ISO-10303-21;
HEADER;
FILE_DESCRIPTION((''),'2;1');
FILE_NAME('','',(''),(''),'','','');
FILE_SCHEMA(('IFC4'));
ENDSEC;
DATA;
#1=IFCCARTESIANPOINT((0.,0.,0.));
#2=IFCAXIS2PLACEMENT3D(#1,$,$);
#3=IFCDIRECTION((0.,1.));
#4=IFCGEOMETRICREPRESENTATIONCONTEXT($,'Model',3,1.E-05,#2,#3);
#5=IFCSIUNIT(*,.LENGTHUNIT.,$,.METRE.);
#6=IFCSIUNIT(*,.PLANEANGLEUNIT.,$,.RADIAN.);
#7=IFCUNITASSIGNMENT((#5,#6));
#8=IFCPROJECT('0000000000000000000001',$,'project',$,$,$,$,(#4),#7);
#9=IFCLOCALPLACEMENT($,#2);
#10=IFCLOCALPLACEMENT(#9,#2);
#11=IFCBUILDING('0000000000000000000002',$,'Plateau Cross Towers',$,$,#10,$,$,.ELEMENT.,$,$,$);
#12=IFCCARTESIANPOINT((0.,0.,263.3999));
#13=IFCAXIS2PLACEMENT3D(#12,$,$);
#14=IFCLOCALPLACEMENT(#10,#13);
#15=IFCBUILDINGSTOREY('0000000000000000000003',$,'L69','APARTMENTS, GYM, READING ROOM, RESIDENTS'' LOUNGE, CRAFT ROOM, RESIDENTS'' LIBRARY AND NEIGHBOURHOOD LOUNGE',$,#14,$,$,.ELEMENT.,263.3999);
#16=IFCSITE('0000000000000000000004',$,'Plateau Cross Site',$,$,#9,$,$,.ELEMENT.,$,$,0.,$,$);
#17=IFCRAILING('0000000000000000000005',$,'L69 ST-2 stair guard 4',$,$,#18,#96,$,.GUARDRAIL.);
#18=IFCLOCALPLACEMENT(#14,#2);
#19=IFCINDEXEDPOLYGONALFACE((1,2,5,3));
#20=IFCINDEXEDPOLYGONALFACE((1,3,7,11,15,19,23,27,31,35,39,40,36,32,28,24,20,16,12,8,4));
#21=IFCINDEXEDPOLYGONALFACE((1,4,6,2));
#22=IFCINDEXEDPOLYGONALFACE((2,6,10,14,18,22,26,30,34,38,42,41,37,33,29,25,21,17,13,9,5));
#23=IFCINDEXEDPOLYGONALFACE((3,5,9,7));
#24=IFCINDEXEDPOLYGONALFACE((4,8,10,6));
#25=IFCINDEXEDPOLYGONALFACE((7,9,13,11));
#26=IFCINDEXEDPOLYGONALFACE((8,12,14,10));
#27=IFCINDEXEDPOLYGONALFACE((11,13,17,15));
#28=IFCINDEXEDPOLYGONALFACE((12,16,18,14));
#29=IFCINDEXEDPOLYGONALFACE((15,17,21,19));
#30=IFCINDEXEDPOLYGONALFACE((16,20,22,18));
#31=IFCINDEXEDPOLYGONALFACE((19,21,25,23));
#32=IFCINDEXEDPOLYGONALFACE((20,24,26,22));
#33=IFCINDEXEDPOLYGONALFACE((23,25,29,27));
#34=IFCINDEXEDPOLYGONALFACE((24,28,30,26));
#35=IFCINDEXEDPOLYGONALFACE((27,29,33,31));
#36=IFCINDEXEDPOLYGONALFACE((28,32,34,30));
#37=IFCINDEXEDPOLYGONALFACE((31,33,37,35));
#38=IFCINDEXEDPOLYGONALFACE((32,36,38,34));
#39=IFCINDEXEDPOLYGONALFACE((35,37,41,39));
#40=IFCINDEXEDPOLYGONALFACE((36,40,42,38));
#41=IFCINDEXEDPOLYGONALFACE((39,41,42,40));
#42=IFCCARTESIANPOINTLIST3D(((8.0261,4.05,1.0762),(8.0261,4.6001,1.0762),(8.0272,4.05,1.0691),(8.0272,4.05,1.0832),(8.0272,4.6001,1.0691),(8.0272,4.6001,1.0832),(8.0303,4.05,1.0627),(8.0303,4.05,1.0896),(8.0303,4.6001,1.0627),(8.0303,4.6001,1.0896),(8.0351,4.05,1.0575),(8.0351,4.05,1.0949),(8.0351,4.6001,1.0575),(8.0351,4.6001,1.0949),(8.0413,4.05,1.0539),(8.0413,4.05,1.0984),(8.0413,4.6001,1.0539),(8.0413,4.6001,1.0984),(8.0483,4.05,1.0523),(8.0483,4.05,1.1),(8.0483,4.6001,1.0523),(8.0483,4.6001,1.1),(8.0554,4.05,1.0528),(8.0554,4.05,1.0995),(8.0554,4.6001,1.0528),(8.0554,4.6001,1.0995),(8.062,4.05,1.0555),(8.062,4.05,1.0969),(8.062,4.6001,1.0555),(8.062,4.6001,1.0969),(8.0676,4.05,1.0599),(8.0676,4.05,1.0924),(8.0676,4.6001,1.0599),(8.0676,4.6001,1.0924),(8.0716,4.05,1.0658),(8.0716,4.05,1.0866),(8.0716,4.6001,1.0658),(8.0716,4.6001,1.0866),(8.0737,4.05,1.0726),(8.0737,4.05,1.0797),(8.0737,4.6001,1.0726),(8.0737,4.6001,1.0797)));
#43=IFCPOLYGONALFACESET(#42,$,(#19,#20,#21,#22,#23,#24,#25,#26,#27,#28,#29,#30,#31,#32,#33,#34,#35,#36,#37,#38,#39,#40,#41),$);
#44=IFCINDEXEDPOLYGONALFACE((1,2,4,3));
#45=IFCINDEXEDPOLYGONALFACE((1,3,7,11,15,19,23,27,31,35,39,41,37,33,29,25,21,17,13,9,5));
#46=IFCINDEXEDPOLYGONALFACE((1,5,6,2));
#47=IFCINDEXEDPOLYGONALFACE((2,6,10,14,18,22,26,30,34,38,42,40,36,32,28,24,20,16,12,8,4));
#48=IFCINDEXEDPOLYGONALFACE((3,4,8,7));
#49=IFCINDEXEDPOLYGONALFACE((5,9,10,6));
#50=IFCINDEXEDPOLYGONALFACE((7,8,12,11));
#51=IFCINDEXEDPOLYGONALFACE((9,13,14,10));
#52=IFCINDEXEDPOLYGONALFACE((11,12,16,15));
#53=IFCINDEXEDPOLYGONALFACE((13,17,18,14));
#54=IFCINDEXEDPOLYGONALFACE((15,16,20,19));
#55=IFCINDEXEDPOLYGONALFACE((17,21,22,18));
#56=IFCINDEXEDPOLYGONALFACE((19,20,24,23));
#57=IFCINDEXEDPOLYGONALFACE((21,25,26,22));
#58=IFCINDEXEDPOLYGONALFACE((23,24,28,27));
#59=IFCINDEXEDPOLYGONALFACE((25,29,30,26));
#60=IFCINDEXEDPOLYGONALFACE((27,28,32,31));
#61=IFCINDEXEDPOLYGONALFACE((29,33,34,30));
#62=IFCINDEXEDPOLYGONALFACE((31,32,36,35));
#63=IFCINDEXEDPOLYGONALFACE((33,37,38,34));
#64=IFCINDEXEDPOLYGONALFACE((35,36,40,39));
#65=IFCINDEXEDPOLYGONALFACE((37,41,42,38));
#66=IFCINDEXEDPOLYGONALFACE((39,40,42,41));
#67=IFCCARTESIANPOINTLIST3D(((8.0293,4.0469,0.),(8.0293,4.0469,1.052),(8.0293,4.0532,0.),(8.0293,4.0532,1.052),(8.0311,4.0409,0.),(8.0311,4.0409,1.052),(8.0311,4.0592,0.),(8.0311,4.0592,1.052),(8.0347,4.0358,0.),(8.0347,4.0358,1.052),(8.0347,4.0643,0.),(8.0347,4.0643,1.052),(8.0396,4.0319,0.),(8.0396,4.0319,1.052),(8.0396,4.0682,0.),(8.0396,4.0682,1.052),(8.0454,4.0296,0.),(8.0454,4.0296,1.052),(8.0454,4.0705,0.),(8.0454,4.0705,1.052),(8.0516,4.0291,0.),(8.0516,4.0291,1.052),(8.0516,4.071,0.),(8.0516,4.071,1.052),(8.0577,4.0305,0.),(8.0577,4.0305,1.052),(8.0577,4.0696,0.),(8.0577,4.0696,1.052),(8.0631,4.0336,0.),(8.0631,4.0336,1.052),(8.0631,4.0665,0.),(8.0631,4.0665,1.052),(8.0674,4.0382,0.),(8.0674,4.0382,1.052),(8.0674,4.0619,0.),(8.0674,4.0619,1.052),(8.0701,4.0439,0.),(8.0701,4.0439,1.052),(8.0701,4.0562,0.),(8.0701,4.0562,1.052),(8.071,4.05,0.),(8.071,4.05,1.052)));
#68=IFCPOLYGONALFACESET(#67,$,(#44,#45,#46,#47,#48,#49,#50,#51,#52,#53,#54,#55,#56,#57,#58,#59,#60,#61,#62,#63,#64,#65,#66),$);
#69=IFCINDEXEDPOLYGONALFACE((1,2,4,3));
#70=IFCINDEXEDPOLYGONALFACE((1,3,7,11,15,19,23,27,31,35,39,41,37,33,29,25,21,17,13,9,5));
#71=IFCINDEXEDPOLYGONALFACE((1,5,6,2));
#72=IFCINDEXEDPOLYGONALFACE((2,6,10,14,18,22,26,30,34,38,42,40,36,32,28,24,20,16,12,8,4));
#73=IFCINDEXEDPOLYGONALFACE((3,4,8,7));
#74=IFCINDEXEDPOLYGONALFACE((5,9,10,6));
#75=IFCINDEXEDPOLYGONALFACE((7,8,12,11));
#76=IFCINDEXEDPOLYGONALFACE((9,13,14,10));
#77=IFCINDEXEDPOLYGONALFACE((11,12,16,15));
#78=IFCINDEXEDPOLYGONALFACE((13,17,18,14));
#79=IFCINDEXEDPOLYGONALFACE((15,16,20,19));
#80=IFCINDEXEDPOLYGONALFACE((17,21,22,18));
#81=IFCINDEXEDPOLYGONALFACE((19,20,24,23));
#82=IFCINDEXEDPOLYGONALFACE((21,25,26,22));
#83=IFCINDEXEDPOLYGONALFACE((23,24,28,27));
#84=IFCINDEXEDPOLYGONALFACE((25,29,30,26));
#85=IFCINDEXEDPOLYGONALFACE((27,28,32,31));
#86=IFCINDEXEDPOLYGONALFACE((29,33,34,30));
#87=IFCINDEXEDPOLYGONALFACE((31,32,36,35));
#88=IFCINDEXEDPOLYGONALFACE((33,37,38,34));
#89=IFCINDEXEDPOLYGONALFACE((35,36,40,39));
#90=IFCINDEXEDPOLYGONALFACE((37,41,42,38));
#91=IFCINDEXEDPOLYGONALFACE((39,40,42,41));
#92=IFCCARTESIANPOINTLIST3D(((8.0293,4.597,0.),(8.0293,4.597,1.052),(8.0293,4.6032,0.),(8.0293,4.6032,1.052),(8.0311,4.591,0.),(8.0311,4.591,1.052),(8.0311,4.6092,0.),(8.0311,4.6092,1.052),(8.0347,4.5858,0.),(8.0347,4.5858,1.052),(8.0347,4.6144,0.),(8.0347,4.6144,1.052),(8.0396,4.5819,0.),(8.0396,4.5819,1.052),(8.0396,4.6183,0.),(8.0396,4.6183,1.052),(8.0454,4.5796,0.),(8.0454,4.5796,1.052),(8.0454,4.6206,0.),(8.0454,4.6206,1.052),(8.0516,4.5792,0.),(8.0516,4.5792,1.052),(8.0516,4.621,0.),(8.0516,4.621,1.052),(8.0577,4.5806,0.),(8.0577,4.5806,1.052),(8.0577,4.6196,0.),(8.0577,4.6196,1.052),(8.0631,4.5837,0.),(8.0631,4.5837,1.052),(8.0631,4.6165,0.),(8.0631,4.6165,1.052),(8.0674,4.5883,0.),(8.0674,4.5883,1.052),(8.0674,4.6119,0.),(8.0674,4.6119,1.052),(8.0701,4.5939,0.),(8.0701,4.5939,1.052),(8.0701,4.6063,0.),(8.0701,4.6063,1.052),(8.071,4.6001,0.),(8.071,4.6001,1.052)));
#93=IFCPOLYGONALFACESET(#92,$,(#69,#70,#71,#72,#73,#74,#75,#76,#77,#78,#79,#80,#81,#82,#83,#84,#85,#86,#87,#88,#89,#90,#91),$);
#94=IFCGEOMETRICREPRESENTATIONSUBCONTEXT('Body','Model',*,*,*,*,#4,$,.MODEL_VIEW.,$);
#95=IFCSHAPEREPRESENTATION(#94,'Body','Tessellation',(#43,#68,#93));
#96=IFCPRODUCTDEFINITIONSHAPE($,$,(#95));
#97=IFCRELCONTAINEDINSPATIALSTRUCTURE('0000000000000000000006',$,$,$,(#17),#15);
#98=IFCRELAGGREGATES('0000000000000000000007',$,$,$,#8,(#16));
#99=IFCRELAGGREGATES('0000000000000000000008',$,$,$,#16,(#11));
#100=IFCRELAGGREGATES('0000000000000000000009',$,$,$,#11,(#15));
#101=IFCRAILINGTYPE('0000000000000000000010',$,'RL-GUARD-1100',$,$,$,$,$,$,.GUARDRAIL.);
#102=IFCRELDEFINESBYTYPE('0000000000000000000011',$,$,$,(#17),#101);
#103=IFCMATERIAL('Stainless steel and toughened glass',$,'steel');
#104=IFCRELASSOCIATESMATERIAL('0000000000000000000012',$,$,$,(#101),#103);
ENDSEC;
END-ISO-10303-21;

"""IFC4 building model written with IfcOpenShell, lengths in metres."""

from ifc_helpers import new_model, si_unit, direction, frame, origin, origin_2d, place, context, subcontext, project, spatial, circle, extrude, material, type_object, element, save


model = new_model("IFC4")

# Units and contexts
model_context = context("Model", 3, precision=1e-05, world=origin(), true_north=direction((0.0, 1.0)))
body_context = subcontext(model_context, "Body", "Model", "MODEL_VIEW")
ifc_project = project(units=[si_unit("LENGTHUNIT", "METRE"), si_unit("PLANEANGLEUNIT", "RADIAN")], contexts=[model_context])

# Site, building, storey
site_placement = place(None, origin())
site = spatial("IfcSite", under=ifc_project, at=site_placement, Name="Plateau Cross Site", CompositionType="ELEMENT", RefElevation=0.0)
building_placement = place(site_placement, origin())
building = spatial("IfcBuilding", under=site, at=building_placement, Name="Plateau Cross Towers", CompositionType="ELEMENT")
storey_placement = place(building_placement, frame((0.0, 0.0, 263.3999)))
storey = spatial("IfcBuildingStorey", under=building, at=storey_placement, Name="L69", Description="APARTMENTS, GYM, READING ROOM, RESIDENTS' LOUNGE, CRAFT ROOM, RESIDENTS' LIBRARY AND NEIGHBOURHOOD LOUNGE", CompositionType="ELEMENT", Elevation=263.3999)

# Railing
ifc_material_1 = material(Name="Stainless steel and toughened glass", Category="steel")
railing_type_1 = type_object("IfcRailingType", Name="RL-GUARD-1100", PredefinedType="GUARDRAIL", material=ifc_material_1)
railing_1_placement = place(storey_placement, frame((8.05, 4.05, 0.0)))
element("IfcRailing", 1, at=railing_1_placement, inside=storey, type_object=railing_type_1, Name="L69 ST-2 stair guard 4", PredefinedType="GUARDRAIL", context=body_context, shape_type="SweptSolid", body=[
    extrude(circle(Radius=0.0239, at=origin_2d()), frame((0.0, 0.0, 1.0762), z_axis=(0.0, 1.0, 0.0), x_axis=(-1.0, 0.0, 0.0)), (0.0, 0.0, 1.0), 0.55),
    extrude(circle(Radius=0.021, at=origin_2d()), origin(), (0.0, 0.0, 1.0), 1.052),
    extrude(circle(Radius=0.021, at=origin_2d()), frame((0.0, 0.55, 0.0)), (0.0, 0.0, 1.0), 1.052),
])

save(model, "model.ifc")
